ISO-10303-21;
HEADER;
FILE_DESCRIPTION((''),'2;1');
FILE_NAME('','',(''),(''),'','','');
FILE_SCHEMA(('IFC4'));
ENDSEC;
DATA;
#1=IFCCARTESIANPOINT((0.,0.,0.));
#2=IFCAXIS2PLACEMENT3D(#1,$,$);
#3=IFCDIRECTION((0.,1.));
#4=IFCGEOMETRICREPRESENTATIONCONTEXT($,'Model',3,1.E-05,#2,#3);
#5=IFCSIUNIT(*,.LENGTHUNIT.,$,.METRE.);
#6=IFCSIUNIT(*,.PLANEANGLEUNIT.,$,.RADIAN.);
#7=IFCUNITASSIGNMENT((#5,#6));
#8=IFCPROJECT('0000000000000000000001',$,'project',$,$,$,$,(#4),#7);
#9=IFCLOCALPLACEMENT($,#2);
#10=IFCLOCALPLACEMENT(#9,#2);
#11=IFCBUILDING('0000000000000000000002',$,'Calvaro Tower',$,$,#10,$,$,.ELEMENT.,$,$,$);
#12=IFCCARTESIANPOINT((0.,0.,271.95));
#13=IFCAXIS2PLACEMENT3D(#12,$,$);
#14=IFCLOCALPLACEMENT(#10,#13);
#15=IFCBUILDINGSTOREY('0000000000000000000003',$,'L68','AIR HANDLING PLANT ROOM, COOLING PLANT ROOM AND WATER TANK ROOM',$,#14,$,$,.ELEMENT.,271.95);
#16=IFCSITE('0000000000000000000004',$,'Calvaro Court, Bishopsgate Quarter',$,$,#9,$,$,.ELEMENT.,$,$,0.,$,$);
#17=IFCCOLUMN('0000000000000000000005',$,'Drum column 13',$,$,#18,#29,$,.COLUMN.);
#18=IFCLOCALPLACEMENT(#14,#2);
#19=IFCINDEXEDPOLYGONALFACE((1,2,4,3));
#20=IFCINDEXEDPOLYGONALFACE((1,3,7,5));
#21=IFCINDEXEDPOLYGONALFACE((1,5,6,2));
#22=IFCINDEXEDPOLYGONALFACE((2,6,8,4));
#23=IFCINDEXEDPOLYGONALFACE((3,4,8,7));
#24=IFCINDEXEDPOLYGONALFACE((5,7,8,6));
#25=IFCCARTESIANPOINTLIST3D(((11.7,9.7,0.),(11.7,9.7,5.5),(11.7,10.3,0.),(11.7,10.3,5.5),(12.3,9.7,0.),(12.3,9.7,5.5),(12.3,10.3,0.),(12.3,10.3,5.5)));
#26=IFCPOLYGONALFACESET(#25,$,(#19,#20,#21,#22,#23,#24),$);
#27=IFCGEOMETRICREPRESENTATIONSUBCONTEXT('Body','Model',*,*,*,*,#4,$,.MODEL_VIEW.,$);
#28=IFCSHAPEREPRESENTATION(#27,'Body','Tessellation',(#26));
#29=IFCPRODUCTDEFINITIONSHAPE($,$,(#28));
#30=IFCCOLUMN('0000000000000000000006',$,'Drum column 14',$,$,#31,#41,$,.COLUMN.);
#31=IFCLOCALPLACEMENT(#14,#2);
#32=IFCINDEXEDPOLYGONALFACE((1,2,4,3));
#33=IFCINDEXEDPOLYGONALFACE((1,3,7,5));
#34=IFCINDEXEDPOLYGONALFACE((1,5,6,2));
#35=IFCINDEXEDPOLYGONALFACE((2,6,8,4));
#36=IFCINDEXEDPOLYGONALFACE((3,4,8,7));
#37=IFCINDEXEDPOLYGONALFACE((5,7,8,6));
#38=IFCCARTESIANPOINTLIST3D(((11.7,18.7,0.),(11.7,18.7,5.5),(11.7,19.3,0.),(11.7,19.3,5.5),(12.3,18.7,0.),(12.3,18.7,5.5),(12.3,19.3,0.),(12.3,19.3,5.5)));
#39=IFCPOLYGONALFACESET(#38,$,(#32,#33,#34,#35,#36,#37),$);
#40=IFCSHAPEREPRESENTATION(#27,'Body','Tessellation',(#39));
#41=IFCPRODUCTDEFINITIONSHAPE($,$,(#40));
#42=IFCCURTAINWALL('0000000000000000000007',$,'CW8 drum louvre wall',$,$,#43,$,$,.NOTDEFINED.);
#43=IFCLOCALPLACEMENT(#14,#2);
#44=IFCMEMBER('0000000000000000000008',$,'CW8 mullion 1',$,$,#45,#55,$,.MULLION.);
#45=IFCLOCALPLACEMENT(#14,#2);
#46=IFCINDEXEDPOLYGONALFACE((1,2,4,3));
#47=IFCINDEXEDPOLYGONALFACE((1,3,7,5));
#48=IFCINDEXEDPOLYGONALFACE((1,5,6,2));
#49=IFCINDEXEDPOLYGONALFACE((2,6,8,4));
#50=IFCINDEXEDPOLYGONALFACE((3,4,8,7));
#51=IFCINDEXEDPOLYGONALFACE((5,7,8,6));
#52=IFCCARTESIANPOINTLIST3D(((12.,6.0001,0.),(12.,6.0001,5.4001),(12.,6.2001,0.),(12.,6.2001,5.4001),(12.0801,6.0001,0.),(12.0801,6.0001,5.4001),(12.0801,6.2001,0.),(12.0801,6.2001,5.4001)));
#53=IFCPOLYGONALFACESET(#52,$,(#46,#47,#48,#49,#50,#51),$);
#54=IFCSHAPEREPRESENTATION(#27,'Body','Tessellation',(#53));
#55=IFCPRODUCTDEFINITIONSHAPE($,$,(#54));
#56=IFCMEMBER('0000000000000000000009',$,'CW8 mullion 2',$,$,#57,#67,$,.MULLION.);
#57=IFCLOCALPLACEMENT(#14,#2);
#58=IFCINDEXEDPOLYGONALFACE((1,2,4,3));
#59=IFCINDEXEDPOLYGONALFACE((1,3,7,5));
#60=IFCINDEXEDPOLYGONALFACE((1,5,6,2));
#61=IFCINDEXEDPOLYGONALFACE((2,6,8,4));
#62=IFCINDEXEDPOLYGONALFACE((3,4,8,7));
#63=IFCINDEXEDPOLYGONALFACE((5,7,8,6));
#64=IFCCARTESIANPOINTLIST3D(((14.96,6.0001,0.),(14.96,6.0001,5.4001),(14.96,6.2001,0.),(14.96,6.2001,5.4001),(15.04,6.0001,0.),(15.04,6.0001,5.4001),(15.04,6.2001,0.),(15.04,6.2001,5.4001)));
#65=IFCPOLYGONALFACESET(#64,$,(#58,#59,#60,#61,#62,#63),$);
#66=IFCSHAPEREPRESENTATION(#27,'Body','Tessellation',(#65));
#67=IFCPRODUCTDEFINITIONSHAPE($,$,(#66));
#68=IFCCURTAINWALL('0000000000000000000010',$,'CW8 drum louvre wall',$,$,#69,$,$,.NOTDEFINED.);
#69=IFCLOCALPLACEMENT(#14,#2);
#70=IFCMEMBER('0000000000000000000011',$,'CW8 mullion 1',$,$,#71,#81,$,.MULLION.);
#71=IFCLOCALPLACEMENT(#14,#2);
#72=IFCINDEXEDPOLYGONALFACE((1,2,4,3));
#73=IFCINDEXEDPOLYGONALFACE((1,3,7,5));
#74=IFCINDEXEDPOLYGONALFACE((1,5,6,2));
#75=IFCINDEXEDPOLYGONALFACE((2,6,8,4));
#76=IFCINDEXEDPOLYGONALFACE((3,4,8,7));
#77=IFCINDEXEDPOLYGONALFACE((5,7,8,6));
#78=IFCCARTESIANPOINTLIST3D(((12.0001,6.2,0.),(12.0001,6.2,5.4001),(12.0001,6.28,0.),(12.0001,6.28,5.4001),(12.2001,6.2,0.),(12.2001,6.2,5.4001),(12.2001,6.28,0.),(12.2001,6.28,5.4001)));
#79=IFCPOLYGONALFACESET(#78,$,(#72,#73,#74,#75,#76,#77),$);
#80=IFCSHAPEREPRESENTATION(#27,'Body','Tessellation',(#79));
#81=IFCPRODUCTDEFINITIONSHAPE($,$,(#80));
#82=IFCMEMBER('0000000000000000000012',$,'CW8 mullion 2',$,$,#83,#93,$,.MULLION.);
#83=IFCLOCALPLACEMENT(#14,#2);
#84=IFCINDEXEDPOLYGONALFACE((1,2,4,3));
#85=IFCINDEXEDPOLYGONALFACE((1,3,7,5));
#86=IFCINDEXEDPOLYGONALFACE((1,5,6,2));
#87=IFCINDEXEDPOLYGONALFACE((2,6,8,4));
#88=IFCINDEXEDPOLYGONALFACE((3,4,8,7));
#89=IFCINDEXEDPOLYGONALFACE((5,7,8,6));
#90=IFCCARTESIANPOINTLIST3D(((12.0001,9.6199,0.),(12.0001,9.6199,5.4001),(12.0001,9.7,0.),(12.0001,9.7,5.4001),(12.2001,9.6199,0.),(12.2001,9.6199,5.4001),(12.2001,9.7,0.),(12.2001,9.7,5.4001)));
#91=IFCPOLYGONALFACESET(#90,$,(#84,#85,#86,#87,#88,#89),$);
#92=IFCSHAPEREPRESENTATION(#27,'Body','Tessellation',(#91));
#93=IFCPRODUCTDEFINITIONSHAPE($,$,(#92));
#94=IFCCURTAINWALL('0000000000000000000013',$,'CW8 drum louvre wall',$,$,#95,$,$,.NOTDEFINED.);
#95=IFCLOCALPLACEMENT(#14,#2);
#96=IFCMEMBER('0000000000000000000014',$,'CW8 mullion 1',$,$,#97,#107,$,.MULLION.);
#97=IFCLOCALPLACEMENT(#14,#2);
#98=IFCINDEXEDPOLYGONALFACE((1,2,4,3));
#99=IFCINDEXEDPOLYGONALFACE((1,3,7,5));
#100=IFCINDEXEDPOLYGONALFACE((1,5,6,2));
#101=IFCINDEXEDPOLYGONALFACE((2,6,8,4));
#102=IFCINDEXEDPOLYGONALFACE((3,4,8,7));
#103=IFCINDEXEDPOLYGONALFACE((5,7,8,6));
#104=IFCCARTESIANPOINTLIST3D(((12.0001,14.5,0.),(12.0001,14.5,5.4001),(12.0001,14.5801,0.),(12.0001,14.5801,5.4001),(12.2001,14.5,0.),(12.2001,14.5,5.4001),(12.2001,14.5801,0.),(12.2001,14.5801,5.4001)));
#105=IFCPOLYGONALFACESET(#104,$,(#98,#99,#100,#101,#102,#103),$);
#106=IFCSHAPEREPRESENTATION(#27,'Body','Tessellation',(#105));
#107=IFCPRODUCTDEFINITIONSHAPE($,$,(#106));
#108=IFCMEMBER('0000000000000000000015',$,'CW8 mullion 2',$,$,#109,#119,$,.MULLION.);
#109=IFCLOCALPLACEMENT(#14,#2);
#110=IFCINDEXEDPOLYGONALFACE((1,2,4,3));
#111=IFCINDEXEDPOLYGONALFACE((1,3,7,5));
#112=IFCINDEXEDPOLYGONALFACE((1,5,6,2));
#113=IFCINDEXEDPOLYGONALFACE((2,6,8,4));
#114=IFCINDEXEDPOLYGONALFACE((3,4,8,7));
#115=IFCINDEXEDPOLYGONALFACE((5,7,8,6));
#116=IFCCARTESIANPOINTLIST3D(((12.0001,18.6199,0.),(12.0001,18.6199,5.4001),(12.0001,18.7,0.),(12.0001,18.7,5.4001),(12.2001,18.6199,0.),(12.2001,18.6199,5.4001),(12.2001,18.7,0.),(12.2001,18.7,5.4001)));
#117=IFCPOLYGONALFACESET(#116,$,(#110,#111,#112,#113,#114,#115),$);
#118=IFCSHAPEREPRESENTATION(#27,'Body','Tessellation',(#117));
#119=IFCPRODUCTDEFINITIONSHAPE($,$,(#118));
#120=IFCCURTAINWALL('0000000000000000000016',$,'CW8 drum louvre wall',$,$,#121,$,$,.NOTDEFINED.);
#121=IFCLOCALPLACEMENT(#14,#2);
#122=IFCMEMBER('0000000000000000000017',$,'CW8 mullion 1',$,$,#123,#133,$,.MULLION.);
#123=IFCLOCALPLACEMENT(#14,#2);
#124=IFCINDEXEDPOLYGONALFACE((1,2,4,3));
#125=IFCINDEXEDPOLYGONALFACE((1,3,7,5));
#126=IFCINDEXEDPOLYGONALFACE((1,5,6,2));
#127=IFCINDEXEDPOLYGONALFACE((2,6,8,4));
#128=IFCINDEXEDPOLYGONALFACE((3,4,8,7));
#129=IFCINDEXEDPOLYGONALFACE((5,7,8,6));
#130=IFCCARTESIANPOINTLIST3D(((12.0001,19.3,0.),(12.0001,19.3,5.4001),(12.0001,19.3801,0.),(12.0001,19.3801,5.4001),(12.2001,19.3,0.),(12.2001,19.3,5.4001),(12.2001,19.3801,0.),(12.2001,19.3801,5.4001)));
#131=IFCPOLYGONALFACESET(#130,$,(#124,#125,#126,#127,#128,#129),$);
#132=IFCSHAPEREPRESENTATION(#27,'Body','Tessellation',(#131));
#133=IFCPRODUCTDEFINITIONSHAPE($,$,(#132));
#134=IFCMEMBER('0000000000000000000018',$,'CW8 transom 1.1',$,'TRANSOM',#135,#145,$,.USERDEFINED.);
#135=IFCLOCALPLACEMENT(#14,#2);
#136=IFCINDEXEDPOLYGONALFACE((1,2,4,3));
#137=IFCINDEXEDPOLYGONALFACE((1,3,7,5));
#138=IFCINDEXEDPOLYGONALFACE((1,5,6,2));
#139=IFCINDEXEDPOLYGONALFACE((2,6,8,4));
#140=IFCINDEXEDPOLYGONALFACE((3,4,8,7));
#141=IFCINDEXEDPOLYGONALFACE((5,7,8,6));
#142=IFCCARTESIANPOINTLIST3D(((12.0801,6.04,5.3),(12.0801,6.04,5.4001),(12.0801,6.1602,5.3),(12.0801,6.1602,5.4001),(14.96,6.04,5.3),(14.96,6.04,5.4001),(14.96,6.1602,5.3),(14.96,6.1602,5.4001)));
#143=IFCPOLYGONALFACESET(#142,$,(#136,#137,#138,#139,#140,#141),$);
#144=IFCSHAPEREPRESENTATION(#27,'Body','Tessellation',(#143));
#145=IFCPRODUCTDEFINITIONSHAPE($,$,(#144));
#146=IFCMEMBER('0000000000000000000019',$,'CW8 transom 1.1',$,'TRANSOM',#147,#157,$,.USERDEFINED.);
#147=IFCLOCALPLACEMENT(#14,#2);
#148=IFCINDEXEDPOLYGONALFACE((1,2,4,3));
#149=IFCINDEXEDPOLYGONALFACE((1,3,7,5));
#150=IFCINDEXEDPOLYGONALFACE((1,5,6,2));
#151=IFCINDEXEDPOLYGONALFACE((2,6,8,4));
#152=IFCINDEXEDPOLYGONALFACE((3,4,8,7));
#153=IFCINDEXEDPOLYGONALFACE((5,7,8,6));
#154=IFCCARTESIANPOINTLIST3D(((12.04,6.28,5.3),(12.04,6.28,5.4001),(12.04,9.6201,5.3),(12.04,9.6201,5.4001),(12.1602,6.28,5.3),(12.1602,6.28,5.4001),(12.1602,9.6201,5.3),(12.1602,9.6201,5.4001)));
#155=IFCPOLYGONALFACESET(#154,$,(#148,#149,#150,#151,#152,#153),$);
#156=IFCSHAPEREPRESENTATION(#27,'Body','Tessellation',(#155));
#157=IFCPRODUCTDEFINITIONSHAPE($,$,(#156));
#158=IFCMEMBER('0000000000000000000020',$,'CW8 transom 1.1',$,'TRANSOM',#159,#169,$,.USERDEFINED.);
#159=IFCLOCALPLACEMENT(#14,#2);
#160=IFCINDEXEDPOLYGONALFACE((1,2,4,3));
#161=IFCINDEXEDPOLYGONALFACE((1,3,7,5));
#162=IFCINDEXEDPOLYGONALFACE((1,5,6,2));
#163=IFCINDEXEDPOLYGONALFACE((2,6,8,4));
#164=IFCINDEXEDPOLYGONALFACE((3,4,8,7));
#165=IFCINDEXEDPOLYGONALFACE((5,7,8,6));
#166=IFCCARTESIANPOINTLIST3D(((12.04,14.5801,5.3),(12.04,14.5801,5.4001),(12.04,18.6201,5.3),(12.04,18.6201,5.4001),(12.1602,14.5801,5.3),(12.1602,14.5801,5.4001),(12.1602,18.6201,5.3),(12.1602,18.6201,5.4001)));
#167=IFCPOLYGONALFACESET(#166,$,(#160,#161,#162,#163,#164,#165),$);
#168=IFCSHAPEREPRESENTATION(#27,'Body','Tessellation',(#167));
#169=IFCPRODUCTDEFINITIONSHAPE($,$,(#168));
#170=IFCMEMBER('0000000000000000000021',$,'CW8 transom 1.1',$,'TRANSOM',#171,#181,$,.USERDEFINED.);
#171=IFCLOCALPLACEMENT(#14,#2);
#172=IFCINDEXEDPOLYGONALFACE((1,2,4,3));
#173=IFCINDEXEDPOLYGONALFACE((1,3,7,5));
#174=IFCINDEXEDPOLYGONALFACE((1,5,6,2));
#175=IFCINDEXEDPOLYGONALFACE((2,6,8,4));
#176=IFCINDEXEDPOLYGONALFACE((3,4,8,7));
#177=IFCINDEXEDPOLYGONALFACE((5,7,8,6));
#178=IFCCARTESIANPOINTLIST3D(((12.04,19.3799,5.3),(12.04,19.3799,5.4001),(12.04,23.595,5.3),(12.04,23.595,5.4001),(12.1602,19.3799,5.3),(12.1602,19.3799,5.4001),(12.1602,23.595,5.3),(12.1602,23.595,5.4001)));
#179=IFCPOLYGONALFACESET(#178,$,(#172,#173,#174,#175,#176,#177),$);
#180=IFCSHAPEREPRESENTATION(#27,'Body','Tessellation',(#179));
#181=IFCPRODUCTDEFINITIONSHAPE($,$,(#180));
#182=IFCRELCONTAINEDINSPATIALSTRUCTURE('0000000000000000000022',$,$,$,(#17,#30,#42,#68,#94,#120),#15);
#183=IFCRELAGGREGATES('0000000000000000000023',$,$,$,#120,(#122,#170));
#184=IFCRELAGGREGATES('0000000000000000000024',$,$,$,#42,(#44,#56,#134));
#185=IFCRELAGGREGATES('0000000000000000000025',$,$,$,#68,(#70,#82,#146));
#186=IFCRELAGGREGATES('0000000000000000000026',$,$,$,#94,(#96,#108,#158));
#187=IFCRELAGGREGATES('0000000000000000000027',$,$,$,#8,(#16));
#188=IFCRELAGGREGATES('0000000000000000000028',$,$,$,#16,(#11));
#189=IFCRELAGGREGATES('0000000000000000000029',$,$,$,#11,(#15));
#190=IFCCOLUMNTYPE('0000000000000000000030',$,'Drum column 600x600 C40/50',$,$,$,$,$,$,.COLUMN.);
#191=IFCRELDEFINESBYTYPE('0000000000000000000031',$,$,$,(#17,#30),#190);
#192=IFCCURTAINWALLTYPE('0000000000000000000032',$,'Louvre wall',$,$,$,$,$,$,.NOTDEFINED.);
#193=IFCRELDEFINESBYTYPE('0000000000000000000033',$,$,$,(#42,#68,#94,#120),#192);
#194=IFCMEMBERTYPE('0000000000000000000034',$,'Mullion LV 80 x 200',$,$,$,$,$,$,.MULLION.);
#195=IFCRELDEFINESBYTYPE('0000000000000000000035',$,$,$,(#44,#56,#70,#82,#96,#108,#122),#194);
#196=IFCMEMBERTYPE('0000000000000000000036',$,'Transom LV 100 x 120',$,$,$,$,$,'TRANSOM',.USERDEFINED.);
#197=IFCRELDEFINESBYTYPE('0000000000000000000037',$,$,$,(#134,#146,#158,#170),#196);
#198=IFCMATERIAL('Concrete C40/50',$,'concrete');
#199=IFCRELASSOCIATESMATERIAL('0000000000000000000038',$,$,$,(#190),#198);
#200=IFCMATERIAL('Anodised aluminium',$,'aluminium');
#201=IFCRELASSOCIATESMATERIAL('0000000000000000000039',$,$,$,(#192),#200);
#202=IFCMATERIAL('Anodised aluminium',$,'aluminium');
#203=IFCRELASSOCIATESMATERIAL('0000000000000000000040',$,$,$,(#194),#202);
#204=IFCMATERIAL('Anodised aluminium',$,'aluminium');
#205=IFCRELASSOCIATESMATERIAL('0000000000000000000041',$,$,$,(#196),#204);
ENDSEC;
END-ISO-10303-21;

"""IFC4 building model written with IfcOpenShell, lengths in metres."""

from ifc_helpers import new_model, si_unit, direction, frame, origin, origin_2d, place, context, subcontext, project, spatial, rectangle, extrude, material, material_profile, profile_set, type_object, element, aggregate, save


model = new_model("IFC4")

# Units and contexts
model_context = context("Model", 3, precision=1e-05, world=origin(), true_north=direction((0.0, 1.0)))
body_context = subcontext(model_context, "Body", "Model", "MODEL_VIEW")
ifc_project = project(units=[si_unit("LENGTHUNIT", "METRE"), si_unit("PLANEANGLEUNIT", "RADIAN")], contexts=[model_context])

# Site, building, storey
site_placement = place(None, origin())
site = spatial("IfcSite", under=ifc_project, at=site_placement, Name="Calvaro Court, Bishopsgate Quarter", CompositionType="ELEMENT", RefElevation=0.0)
building_placement = place(site_placement, origin())
building = spatial("IfcBuilding", under=site, at=building_placement, Name="Calvaro Tower", CompositionType="ELEMENT")
storey_placement = place(building_placement, frame((0.0, 0.0, 271.95)))
storey = spatial("IfcBuildingStorey", under=building, at=storey_placement, Name="L68", Description="AIR HANDLING PLANT ROOM, COOLING PLANT ROOM AND WATER TANK ROOM", CompositionType="ELEMENT", Elevation=271.95)

# Columns
ifc_material_1 = material(Name="Concrete C40/50", Category="concrete")
ifc_material_profile_1 = material_profile(ifc_material_1, rectangle(XDim=0.6001, YDim=0.6001, at=origin_2d()), Name="RC 600x600")
ifc_profile_set_1 = profile_set([ifc_material_profile_1], Name="Concrete C40/50")
column_type = type_object("IfcColumnType", Name="Drum column 600x600 C40/50", PredefinedType="COLUMN", material=ifc_profile_set_1)
for number, where, z_axis, x_axis, name in (
    (1, (12.0, 10.0, 0.0), (0.0, 0.0, 1.0), (1.0, 0.0, 0.0), "Drum column 13"),
    (2, (12.0, 19.0, 0.0), (0.0, 0.0, 1.0), (1.0, 0.0, 0.0), "Drum column 14"),
):
    element("IfcColumn", number, at=place(storey_placement, frame(where, z_axis=z_axis, x_axis=x_axis)), inside=storey, type_object=column_type, Name=name, PredefinedType="COLUMN", context=body_context, shape_type="SweptSolid", body=[
        extrude(rectangle(XDim=0.6001, YDim=0.6001, at=origin_2d()), origin(), (0.0, 0.0, 1.0), 5.5),
    ])

# Curtain walls, members
ifc_material_2 = material(Name="Anodised aluminium", Category="aluminium")
curtain_wall_type = type_object("IfcCurtainWallType", Name="Louvre wall", PredefinedType="NOTDEFINED", material=ifc_material_2)
curtain_wall_1_placement = place(storey_placement, origin())
curtain_wall_1 = element("IfcCurtainWall", 3, at=curtain_wall_1_placement, inside=storey, type_object=curtain_wall_type, Name="CW8 drum louvre wall", PredefinedType="NOTDEFINED")
ifc_material_3 = material(Name="Anodised aluminium", Category="aluminium")
ifc_material_profile_2 = material_profile(ifc_material_3, rectangle(XDim=0.2, YDim=0.0801, at=origin_2d()), Name="Mullion LV 80 x 200")
ifc_profile_set_2 = profile_set([ifc_material_profile_2], Name="Anodised aluminium")
member_type_1 = type_object("IfcMemberType", Name="Mullion LV 80 x 200", PredefinedType="MULLION", material=ifc_profile_set_2)
member_1_placement = place(storey_placement, frame((12.04, 6.1001, 0.0), z_axis=(0.0, 0.0, 1.0), x_axis=(0.0, 1.0, 0.0)))
member_1 = element("IfcMember", 4, at=member_1_placement, type_object=member_type_1, Name="CW8 mullion 1", PredefinedType="MULLION", context=body_context, shape_type="SweptSolid", body=[
    extrude(rectangle(XDim=0.2, YDim=0.0801, at=origin_2d()), origin(), (0.0, 0.0, 1.0), 5.4001),
])
member_2_placement = place(storey_placement, frame((15.0, 6.1001, 0.0), z_axis=(0.0, 0.0, 1.0), x_axis=(0.0, 1.0, 0.0)))
member_2 = element("IfcMember", 5, at=member_2_placement, type_object=member_type_1, Name="CW8 mullion 2", PredefinedType="MULLION", context=body_context, shape_type="SweptSolid", body=[
    extrude(rectangle(XDim=0.2, YDim=0.0801, at=origin_2d()), origin(), (0.0, 0.0, 1.0), 5.4001),
])
curtain_wall_2_placement = place(storey_placement, origin())
curtain_wall_2 = element("IfcCurtainWall", 6, at=curtain_wall_2_placement, inside=storey, type_object=curtain_wall_type, Name="CW8 drum louvre wall", PredefinedType="NOTDEFINED")
member_3_placement = place(storey_placement, frame((12.1001, 6.24, 0.0), z_axis=(0.0, 0.0, 1.0), x_axis=(-1.0, 0.0, 0.0)))
member_3 = element("IfcMember", 7, at=member_3_placement, type_object=member_type_1, Name="CW8 mullion 1", PredefinedType="MULLION", context=body_context, shape_type="SweptSolid", body=[
    extrude(rectangle(XDim=0.2, YDim=0.0801, at=origin_2d()), origin(), (0.0, 0.0, 1.0), 5.4001),
])
member_4_placement = place(storey_placement, frame((12.1001, 9.6599, 0.0), z_axis=(0.0, 0.0, 1.0), x_axis=(-1.0, 0.0, 0.0)))
member_4 = element("IfcMember", 8, at=member_4_placement, type_object=member_type_1, Name="CW8 mullion 2", PredefinedType="MULLION", context=body_context, shape_type="SweptSolid", body=[
    extrude(rectangle(XDim=0.2, YDim=0.0801, at=origin_2d()), origin(), (0.0, 0.0, 1.0), 5.4001),
])
curtain_wall_3_placement = place(storey_placement, origin())
curtain_wall_3 = element("IfcCurtainWall", 9, at=curtain_wall_3_placement, inside=storey, type_object=curtain_wall_type, Name="CW8 drum louvre wall", PredefinedType="NOTDEFINED")
member_5_placement = place(storey_placement, frame((12.1001, 14.54, 0.0), z_axis=(0.0, 0.0, 1.0), x_axis=(-1.0, 0.0, 0.0)))
member_5 = element("IfcMember", 10, at=member_5_placement, type_object=member_type_1, Name="CW8 mullion 1", PredefinedType="MULLION", context=body_context, shape_type="SweptSolid", body=[
    extrude(rectangle(XDim=0.2, YDim=0.0801, at=origin_2d()), origin(), (0.0, 0.0, 1.0), 5.4001),
])
member_6_placement = place(storey_placement, frame((12.1001, 18.6599, 0.0), z_axis=(0.0, 0.0, 1.0), x_axis=(-1.0, 0.0, 0.0)))
member_6 = element("IfcMember", 11, at=member_6_placement, type_object=member_type_1, Name="CW8 mullion 2", PredefinedType="MULLION", context=body_context, shape_type="SweptSolid", body=[
    extrude(rectangle(XDim=0.2, YDim=0.0801, at=origin_2d()), origin(), (0.0, 0.0, 1.0), 5.4001),
])

# Curtain wall, member
curtain_wall_4_placement = place(storey_placement, origin())
curtain_wall_4 = element("IfcCurtainWall", 12, at=curtain_wall_4_placement, inside=storey, type_object=curtain_wall_type, Name="CW8 drum louvre wall", PredefinedType="NOTDEFINED")
member_7_placement = place(storey_placement, frame((12.1001, 19.3401, 0.0), z_axis=(0.0, 0.0, 1.0), x_axis=(-1.0, 0.0, 0.0)))
member_7 = element("IfcMember", 13, at=member_7_placement, type_object=member_type_1, Name="CW8 mullion 1", PredefinedType="MULLION", context=body_context, shape_type="SweptSolid", body=[
    extrude(rectangle(XDim=0.2, YDim=0.0801, at=origin_2d()), origin(), (0.0, 0.0, 1.0), 5.4001),
])

# Members
ifc_material_4 = material(Name="Anodised aluminium", Category="aluminium")
ifc_material_profile_3 = material_profile(ifc_material_4, rectangle(XDim=0.1201, YDim=0.1001, at=origin_2d()), Name="Transom LV 100 x 120")
ifc_profile_set_3 = profile_set([ifc_material_profile_3], Name="Anodised aluminium")
member_type_2 = type_object("IfcMemberType", Name="Transom LV 100 x 120", ElementType="TRANSOM", PredefinedType="USERDEFINED", material=ifc_profile_set_3)
member_8_placement = place(storey_placement, frame((12.0801, 6.1001, 5.3501), z_axis=(1.0, 0.0, 0.0), x_axis=(0.0, 1.0, 0.0)))
member_8 = element("IfcMember", 14, at=member_8_placement, type_object=member_type_2, Name="CW8 transom 1.1", ObjectType="TRANSOM", PredefinedType="USERDEFINED", context=body_context, shape_type="SweptSolid", body=[
    extrude(rectangle(XDim=0.1201, YDim=0.1001, at=origin_2d()), origin(), (0.0, 0.0, 1.0), 2.8799),
])
member_9_placement = place(storey_placement, frame((12.1001, 6.28, 5.3501), z_axis=(0.0, 1.0, 0.0), x_axis=(-1.0, 0.0, 0.0)))
member_9 = element("IfcMember", 15, at=member_9_placement, type_object=member_type_2, Name="CW8 transom 1.1", ObjectType="TRANSOM", PredefinedType="USERDEFINED", context=body_context, shape_type="SweptSolid", body=[
    extrude(rectangle(XDim=0.1201, YDim=0.1001, at=origin_2d()), origin(), (0.0, 0.0, 1.0), 3.3401),
])
member_10_placement = place(storey_placement, frame((12.1001, 14.5801, 5.3501), z_axis=(0.0, 1.0, 0.0), x_axis=(-1.0, 0.0, 0.0)))
member_10 = element("IfcMember", 16, at=member_10_placement, type_object=member_type_2, Name="CW8 transom 1.1", ObjectType="TRANSOM", PredefinedType="USERDEFINED", context=body_context, shape_type="SweptSolid", body=[
    extrude(rectangle(XDim=0.1201, YDim=0.1001, at=origin_2d()), origin(), (0.0, 0.0, 1.0), 4.04),
])
member_11_placement = place(storey_placement, frame((12.1001, 19.3799, 5.3501), z_axis=(0.0, 1.0, 0.0), x_axis=(-1.0, 0.0, 0.0)))
member_11 = element("IfcMember", 17, at=member_11_placement, type_object=member_type_2, Name="CW8 transom 1.1", ObjectType="TRANSOM", PredefinedType="USERDEFINED", context=body_context, shape_type="SweptSolid", body=[
    extrude(rectangle(XDim=0.1201, YDim=0.1001, at=origin_2d()), origin(), (0.0, 0.0, 1.0), 4.2151),
])
aggregate(curtain_wall_4, [member_7, member_11])

aggregate(curtain_wall_1, [member_1, member_2, member_8])
aggregate(curtain_wall_2, [member_3, member_4, member_9])
aggregate(curtain_wall_3, [member_5, member_6, member_10])

save(model, "model.ifc")
